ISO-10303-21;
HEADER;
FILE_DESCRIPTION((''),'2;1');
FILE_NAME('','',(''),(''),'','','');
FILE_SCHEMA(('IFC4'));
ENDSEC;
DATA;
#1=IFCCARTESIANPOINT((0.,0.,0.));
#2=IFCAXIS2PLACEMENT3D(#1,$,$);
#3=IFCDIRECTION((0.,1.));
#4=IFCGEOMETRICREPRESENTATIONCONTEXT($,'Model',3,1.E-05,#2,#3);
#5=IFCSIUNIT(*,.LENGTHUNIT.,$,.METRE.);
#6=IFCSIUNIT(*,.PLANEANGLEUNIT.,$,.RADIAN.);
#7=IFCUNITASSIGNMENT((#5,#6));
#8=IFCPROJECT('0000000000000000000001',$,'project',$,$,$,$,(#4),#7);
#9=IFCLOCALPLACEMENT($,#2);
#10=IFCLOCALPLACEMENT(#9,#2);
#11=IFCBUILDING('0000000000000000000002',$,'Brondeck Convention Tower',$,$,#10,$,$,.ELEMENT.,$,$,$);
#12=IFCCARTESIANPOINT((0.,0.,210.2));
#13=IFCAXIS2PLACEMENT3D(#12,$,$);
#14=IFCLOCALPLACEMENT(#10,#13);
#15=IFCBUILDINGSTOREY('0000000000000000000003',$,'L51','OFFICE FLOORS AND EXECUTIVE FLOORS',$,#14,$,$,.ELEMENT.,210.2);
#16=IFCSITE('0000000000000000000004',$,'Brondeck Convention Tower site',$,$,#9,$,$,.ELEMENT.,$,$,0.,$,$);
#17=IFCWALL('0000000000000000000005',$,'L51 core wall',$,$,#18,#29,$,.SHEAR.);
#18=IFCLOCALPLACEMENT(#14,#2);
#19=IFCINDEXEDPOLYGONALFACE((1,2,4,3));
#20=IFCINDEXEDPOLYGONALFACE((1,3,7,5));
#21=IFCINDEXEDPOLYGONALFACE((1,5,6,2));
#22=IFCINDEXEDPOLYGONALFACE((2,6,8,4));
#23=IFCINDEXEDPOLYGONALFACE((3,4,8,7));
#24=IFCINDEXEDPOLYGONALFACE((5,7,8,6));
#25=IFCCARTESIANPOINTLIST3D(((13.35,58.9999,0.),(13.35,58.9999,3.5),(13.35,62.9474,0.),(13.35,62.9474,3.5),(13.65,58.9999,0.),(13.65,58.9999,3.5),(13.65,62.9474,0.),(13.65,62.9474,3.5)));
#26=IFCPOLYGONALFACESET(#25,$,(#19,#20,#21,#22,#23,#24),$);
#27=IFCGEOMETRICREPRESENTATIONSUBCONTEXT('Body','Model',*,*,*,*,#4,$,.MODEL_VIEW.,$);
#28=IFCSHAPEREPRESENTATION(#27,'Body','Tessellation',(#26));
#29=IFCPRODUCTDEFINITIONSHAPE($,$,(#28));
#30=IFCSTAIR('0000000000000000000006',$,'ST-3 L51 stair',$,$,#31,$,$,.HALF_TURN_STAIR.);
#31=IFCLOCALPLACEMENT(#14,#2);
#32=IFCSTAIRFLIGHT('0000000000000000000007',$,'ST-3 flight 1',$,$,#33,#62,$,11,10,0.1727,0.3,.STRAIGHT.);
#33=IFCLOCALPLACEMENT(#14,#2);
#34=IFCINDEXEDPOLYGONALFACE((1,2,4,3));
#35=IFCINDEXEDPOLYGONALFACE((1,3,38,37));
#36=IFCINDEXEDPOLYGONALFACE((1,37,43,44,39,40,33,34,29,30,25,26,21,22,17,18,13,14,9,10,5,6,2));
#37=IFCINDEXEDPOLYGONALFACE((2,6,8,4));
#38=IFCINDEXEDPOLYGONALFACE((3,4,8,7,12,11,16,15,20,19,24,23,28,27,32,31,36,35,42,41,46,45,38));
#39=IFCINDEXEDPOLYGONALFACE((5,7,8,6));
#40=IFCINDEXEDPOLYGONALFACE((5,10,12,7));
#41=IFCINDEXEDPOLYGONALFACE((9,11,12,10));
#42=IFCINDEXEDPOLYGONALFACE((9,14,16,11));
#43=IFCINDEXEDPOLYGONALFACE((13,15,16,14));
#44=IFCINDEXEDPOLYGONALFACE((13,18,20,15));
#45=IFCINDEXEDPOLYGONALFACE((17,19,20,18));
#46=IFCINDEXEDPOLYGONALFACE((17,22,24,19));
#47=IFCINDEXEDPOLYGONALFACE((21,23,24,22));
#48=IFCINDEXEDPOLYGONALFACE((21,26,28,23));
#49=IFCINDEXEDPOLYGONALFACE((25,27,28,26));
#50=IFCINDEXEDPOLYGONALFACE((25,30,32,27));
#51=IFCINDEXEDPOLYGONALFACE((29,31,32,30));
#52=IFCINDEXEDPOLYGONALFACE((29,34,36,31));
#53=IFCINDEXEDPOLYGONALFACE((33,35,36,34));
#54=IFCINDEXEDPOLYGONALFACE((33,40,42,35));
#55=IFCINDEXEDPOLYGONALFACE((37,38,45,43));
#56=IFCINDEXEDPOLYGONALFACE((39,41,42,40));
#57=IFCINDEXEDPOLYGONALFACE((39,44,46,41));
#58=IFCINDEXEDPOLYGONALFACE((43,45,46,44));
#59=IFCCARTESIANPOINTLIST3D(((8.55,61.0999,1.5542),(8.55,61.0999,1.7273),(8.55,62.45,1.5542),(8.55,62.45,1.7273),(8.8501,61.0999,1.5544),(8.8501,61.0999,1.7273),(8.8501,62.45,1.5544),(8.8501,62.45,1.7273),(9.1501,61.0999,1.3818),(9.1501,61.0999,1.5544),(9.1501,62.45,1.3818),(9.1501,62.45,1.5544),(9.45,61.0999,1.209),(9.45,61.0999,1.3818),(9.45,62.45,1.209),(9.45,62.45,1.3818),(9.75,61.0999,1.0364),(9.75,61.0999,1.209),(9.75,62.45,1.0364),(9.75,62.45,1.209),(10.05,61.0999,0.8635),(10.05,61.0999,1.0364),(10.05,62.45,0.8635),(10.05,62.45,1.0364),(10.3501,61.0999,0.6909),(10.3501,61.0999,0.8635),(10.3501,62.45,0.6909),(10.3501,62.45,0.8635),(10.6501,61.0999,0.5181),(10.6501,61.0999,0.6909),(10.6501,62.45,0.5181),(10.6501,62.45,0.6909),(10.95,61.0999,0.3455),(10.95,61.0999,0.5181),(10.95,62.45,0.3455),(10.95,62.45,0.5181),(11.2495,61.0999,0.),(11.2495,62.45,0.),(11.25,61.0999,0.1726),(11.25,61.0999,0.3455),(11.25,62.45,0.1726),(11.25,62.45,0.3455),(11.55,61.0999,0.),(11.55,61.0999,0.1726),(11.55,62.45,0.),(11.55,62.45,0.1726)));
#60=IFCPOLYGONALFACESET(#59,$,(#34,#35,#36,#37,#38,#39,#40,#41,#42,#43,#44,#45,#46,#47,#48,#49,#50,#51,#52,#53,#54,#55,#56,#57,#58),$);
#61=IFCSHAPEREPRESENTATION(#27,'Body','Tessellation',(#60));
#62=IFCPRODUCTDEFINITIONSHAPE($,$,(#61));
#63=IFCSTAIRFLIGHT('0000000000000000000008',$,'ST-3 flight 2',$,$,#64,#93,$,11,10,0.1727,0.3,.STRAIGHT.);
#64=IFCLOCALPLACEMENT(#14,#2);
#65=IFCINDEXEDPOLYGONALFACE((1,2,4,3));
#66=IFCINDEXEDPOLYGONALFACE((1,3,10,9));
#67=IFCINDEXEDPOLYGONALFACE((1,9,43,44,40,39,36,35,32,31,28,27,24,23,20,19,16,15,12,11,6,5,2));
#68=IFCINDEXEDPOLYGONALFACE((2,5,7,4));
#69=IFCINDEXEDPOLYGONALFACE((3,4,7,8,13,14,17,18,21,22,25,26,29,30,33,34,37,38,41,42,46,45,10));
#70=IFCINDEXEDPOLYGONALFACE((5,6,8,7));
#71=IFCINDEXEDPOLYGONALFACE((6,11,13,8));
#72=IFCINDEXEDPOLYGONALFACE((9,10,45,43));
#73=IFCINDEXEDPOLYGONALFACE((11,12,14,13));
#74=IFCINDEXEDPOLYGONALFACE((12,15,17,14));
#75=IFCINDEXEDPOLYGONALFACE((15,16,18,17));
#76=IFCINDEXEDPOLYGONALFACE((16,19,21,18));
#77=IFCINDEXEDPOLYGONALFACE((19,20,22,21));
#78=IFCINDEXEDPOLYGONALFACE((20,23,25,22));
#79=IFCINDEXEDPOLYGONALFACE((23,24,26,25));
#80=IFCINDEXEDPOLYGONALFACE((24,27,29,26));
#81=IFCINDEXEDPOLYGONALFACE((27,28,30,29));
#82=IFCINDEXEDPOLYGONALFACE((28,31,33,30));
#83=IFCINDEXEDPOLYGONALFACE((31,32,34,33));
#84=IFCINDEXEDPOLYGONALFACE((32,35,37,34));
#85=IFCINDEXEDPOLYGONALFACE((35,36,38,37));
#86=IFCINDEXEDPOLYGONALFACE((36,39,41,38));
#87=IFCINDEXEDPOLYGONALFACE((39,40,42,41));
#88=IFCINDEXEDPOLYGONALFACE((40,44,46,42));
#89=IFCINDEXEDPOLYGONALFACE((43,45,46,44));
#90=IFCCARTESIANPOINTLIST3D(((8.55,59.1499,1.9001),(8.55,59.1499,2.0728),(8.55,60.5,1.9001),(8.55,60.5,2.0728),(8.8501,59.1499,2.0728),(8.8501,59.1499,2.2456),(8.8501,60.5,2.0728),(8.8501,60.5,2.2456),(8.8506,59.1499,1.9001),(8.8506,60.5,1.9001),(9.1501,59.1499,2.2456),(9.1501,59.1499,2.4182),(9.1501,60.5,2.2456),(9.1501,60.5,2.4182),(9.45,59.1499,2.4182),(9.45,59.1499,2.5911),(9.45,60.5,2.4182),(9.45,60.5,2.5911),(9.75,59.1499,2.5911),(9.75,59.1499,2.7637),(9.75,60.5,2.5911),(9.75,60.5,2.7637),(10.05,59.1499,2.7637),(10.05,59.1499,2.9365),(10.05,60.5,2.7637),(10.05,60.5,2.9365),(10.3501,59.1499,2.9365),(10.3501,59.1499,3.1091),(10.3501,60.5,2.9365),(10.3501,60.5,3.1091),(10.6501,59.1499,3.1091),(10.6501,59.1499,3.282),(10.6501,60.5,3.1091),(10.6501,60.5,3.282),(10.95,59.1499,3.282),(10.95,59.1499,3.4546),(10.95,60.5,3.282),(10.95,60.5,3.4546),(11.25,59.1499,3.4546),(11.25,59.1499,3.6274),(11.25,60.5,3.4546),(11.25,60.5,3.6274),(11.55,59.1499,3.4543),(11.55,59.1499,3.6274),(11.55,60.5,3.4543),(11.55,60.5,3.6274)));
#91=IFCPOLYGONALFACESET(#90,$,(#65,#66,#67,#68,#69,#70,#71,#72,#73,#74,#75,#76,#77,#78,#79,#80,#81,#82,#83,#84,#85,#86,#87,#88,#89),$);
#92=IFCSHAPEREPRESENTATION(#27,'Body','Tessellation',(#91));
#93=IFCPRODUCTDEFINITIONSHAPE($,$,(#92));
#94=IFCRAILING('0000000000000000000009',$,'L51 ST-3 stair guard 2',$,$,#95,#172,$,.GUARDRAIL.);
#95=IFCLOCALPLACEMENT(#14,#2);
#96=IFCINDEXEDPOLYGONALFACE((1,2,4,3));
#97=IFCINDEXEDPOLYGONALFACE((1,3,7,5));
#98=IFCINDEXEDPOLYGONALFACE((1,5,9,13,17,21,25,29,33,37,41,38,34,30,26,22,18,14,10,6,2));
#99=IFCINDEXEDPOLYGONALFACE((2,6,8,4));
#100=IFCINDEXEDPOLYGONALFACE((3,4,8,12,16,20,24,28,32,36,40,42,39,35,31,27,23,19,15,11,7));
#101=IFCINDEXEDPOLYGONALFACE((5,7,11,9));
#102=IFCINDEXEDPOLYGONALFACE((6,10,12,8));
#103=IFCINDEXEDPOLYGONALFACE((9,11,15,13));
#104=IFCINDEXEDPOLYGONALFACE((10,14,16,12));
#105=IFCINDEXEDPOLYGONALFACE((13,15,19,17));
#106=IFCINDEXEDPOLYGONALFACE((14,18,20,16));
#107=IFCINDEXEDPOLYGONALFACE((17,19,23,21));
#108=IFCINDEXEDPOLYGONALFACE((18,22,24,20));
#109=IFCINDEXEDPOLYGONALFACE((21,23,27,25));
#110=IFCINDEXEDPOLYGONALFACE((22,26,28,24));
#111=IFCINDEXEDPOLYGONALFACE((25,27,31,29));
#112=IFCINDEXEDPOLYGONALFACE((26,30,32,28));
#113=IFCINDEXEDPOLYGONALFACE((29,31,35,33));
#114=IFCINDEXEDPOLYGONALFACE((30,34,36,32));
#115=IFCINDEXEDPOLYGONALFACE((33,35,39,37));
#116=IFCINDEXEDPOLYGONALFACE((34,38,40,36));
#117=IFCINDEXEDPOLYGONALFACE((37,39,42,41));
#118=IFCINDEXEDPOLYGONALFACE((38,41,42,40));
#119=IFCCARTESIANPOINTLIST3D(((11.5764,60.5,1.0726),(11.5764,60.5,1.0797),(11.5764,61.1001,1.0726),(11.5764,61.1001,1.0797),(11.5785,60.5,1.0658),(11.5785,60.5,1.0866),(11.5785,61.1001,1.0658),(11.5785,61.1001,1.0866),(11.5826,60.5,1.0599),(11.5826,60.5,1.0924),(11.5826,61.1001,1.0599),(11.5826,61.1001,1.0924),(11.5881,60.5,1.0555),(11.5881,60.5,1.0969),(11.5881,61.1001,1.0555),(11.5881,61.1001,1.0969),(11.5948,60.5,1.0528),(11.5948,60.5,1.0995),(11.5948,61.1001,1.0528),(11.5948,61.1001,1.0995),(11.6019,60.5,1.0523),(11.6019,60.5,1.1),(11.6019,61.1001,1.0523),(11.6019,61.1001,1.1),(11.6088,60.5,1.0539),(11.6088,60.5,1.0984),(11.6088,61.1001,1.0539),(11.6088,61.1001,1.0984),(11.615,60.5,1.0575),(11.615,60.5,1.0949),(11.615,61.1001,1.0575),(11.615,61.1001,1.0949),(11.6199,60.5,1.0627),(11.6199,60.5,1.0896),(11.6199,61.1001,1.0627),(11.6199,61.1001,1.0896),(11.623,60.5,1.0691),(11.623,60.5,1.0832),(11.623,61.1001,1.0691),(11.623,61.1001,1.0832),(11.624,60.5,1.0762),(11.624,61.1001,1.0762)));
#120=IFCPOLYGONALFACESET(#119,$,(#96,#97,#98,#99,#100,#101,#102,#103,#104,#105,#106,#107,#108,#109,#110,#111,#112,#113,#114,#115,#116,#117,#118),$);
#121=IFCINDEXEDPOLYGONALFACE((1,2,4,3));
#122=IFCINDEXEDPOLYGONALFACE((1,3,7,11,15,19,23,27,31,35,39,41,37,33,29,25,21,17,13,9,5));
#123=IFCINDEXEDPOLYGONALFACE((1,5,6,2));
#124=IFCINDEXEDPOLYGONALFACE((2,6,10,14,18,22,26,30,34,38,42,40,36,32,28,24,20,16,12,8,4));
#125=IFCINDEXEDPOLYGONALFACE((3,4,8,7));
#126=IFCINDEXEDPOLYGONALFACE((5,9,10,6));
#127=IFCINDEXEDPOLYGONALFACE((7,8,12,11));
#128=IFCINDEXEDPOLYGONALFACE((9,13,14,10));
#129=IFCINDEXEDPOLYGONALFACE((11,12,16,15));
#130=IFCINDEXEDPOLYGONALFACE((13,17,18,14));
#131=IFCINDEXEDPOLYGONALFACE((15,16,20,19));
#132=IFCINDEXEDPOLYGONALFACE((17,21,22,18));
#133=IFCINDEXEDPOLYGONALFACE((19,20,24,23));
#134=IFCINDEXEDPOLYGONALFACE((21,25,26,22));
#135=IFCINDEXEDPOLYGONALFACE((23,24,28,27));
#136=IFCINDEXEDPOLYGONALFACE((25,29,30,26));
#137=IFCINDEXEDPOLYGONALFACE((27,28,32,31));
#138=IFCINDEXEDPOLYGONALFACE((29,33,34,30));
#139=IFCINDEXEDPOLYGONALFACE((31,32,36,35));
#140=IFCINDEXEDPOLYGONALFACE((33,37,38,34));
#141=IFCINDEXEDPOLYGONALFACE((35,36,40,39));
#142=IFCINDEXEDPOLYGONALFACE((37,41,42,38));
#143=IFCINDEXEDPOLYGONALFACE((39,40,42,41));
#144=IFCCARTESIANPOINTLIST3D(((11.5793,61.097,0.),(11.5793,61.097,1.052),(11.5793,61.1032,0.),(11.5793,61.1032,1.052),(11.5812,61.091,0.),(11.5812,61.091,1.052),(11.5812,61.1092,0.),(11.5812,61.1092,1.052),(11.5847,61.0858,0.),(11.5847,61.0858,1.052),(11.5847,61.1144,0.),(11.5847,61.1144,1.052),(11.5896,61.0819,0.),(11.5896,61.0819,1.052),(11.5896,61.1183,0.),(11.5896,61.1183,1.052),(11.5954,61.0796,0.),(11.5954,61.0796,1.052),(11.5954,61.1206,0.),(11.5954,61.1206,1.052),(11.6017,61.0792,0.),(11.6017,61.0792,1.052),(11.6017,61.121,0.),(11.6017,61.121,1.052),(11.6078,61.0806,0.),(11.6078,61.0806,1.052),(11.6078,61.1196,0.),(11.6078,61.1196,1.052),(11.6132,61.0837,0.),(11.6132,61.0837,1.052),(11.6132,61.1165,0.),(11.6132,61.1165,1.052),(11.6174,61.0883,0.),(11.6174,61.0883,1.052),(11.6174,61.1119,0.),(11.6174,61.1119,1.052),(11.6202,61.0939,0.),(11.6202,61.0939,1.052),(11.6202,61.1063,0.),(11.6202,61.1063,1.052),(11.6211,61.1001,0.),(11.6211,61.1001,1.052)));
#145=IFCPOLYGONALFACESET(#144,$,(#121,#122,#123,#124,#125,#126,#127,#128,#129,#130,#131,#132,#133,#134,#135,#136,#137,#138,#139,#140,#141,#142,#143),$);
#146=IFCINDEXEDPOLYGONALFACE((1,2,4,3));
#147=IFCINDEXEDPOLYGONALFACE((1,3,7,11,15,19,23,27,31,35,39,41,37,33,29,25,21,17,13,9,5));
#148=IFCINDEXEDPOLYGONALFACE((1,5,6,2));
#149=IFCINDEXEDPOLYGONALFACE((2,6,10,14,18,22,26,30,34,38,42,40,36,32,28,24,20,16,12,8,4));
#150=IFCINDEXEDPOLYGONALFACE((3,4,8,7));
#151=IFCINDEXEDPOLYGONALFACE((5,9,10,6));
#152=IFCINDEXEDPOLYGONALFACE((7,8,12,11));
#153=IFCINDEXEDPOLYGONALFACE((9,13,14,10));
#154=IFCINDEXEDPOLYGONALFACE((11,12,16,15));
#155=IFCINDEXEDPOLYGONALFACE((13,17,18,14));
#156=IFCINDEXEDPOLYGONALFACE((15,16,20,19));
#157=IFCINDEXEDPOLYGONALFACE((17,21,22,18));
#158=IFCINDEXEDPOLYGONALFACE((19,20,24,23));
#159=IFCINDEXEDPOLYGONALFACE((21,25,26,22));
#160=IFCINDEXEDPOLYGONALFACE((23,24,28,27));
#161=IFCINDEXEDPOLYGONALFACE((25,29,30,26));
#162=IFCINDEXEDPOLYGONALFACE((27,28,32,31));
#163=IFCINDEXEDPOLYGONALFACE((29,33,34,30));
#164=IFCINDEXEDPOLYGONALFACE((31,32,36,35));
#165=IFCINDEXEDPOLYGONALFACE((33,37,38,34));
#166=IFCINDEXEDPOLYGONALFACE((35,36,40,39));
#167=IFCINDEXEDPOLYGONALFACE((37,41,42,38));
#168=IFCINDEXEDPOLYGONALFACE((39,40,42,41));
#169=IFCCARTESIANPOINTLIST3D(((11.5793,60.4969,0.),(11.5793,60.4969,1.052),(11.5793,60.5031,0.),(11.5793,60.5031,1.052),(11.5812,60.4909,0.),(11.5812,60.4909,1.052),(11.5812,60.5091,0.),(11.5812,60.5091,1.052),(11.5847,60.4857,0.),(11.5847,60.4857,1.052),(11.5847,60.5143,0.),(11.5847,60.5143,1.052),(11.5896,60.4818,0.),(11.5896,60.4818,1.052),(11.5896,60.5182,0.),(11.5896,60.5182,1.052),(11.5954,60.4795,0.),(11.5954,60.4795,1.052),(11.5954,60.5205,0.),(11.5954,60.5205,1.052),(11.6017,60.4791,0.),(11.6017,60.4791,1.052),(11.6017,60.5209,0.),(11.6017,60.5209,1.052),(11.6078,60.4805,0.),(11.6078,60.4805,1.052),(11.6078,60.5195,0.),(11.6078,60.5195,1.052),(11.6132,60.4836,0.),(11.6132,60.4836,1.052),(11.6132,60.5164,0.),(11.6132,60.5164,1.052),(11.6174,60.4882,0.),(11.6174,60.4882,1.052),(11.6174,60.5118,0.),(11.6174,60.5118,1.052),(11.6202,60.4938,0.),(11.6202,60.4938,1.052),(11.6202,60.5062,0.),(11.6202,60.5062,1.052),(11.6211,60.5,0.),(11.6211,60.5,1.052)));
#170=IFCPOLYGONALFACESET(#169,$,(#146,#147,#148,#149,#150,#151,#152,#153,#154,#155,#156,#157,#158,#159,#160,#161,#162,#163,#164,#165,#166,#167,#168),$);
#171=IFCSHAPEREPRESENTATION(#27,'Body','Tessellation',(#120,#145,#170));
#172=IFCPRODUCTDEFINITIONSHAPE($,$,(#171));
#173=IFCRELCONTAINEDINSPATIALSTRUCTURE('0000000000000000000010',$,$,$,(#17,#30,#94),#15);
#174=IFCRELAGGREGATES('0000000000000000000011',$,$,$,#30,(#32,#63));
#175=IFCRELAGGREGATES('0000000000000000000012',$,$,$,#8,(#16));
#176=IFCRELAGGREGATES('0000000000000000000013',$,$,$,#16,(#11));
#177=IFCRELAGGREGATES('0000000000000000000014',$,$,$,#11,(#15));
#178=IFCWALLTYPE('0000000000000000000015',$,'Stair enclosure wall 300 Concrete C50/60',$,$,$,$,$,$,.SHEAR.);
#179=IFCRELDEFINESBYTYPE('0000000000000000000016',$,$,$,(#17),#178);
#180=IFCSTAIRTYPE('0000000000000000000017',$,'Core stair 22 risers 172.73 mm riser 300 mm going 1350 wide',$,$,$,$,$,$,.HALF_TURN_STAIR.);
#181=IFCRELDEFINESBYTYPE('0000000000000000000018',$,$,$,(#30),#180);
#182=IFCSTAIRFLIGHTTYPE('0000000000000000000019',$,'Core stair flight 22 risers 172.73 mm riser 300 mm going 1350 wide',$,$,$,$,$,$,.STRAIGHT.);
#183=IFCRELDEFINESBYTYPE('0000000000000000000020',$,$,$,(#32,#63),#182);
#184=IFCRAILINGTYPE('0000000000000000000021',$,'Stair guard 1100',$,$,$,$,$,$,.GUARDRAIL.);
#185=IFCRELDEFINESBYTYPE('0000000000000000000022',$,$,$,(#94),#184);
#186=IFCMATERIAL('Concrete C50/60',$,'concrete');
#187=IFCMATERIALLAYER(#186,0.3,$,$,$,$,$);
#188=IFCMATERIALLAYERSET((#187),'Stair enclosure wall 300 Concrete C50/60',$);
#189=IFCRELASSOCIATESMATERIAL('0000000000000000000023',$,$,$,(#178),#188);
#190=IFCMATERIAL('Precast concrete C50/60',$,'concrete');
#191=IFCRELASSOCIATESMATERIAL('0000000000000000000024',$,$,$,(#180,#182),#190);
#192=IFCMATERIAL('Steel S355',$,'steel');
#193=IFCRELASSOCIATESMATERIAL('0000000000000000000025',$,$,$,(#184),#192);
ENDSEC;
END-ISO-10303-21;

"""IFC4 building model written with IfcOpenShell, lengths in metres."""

from ifc_helpers import new_model, si_unit, direction, frame, frame_2d, origin, origin_2d, place, context, subcontext, project, spatial, polyline, rectangle, circle, outline, extrude, material, layer, layer_set, type_object, element, aggregate, save


model = new_model("IFC4")

# Units and contexts
model_context = context("Model", 3, precision=1e-05, world=origin(), true_north=direction((0.0, 1.0)))
body_context = subcontext(model_context, "Body", "Model", "MODEL_VIEW")
ifc_project = project(units=[si_unit("LENGTHUNIT", "METRE"), si_unit("PLANEANGLEUNIT", "RADIAN")], contexts=[model_context])

# Site, building, storey
site_placement = place(None, origin())
site = spatial("IfcSite", under=ifc_project, at=site_placement, Name="Brondeck Convention Tower site", CompositionType="ELEMENT", RefElevation=0.0)
building_placement = place(site_placement, origin())
building = spatial("IfcBuilding", under=site, at=building_placement, Name="Brondeck Convention Tower", CompositionType="ELEMENT")
storey_placement = place(building_placement, frame((0.0, 0.0, 210.2)))
storey = spatial("IfcBuildingStorey", under=building, at=storey_placement, Name="L51", Description="OFFICE FLOORS AND EXECUTIVE FLOORS", CompositionType="ELEMENT", Elevation=210.2)

# Shared definitions
ifc_material_1 = material(Name="Concrete C50/60", Category="concrete")

# Wall
ifc_layer_1 = layer(ifc_material_1, 0.3)
ifc_layer_set_1 = layer_set([ifc_layer_1], Name="Stair enclosure wall 300 Concrete C50/60")
wall_type_1 = type_object("IfcWallType", Name="Stair enclosure wall 300 Concrete C50/60", PredefinedType="SHEAR", material=ifc_layer_set_1)
wall_1_placement = place(storey_placement, frame((13.5, 59.0, 0.0), z_axis=(0.0, 0.0, 1.0), x_axis=(0.0, 1.0, 0.0)))
element("IfcWall", 1, at=wall_1_placement, inside=storey, type_object=wall_type_1, Name="L51 core wall", PredefinedType="SHEAR", context=body_context, shape_type="SweptSolid", body=[
    extrude(rectangle(XDim=3.9475, YDim=0.3, at=frame_2d((1.9736, 0.0))), origin(), (0.0, 0.0, 1.0), 3.5),
])

# Stair, stair flights
ifc_material_2 = material(Name="Precast concrete C50/60", Category="concrete")
stair_type = type_object("IfcStairType", Name="Core stair 22 risers 172.73 mm riser 300 mm going 1350 wide", PredefinedType="HALF_TURN_STAIR", material=ifc_material_2)
stair_placement = place(storey_placement, origin())
stair = element("IfcStair", 2, at=stair_placement, inside=storey, type_object=stair_type, Name="ST-3 L51 stair", PredefinedType="HALF_TURN_STAIR")
stair_flight_type = type_object("IfcStairFlightType", Name="Core stair flight 22 risers 172.73 mm riser 300 mm going 1350 wide", PredefinedType="STRAIGHT", material=ifc_material_2)
stair_flight_1_placement = place(storey_placement, frame((11.55, 61.7749, 0.0), z_axis=(0.0, 0.0, 1.0), x_axis=(-1.0, 0.0, 0.0)))
stair_flight_1 = element("IfcStairFlight", 3, at=stair_flight_1_placement, type_object=stair_flight_type, Name="ST-3 flight 1", NumberOfRisers=11, NumberOfTreads=10, PredefinedType="STRAIGHT", RiserHeight=0.1727, TreadLength=0.3, context=body_context, shape_type="SweptSolid", body=[
    extrude(outline(polyline([(0.0, 0.0), (0.0, 0.1726), (0.3, 0.1726), (0.3, 0.3455), (0.6001, 0.3455), (0.6001, 0.5181), (0.8999, 0.5181), (0.8999, 0.6909), (1.2, 0.6909), (1.2, 0.8635), (1.5, 0.8635), (1.5, 1.0364), (1.8, 1.0364), (1.8, 1.209), (2.1001, 1.209), (2.1001, 1.3818), (2.3999, 1.3818), (2.3999, 1.5544), (2.7, 1.5544), (2.7, 1.7273), (3.0, 1.7273), (3.0, 1.8999), (3.0, 1.5542), (0.3005, 0.0), (0.0, 0.0)])), frame((0.0, 0.675, 0.0), z_axis=(0.0, -1.0, 0.0), x_axis=(1.0, 0.0, 0.0)), (0.0, 0.0, 1.0), 1.3501),
])
stair_flight_2_placement = place(storey_placement, frame((8.55, 59.825, 1.9001), z_axis=(0.0, 0.0, 1.0), x_axis=(1.0, 0.0, 0.0)))
stair_flight_2 = element("IfcStairFlight", 4, at=stair_flight_2_placement, type_object=stair_flight_type, Name="ST-3 flight 2", NumberOfRisers=11, NumberOfTreads=10, PredefinedType="STRAIGHT", RiserHeight=0.1727, TreadLength=0.3, context=body_context, shape_type="SweptSolid", body=[
    extrude(outline(polyline([(0.0, 0.0), (0.0, 0.1726), (0.3, 0.1726), (0.3, 0.3455), (0.6001, 0.3455), (0.6001, 0.5181), (0.8999, 0.5181), (0.8999, 0.6909), (1.2, 0.6909), (1.2, 0.8635), (1.5, 0.8635), (1.5, 1.0364), (1.8, 1.0364), (1.8, 1.209), (2.1001, 1.209), (2.1001, 1.3818), (2.3999, 1.3818), (2.3999, 1.5544), (2.7, 1.5544), (2.7, 1.7273), (3.0, 1.7273), (3.0, 1.8999), (3.0, 1.5542), (0.3005, 0.0), (0.0, 0.0)])), frame((0.0, 0.675, 0.0), z_axis=(0.0, -1.0, 0.0), x_axis=(1.0, 0.0, 0.0)), (0.0, 0.0, 1.0), 1.3501),
])
aggregate(stair, [stair_flight_1, stair_flight_2])

# Railing
ifc_material_3 = material(Name="Steel S355", Category="steel")
railing_type_1 = type_object("IfcRailingType", Name="Stair guard 1100", PredefinedType="GUARDRAIL", material=ifc_material_3)
railing_1_placement = place(storey_placement, frame((11.6001, 61.1001, 0.0)))
element("IfcRailing", 5, at=railing_1_placement, inside=storey, type_object=railing_type_1, Name="L51 ST-3 stair guard 2", PredefinedType="GUARDRAIL", context=body_context, shape_type="SweptSolid", body=[
    extrude(circle(Radius=0.0239, at=origin_2d()), frame((0.0, 0.0, 1.0762), z_axis=(0.0, -1.0, 0.0), x_axis=(1.0, 0.0, 0.0)), (0.0, 0.0, 1.0), 0.6001),
    extrude(circle(Radius=0.021, at=origin_2d()), origin(), (0.0, 0.0, 1.0), 1.052),
    extrude(circle(Radius=0.021, at=origin_2d()), frame((0.0, -0.6001, 0.0)), (0.0, 0.0, 1.0), 1.052),
])

save(model, "model.ifc")
